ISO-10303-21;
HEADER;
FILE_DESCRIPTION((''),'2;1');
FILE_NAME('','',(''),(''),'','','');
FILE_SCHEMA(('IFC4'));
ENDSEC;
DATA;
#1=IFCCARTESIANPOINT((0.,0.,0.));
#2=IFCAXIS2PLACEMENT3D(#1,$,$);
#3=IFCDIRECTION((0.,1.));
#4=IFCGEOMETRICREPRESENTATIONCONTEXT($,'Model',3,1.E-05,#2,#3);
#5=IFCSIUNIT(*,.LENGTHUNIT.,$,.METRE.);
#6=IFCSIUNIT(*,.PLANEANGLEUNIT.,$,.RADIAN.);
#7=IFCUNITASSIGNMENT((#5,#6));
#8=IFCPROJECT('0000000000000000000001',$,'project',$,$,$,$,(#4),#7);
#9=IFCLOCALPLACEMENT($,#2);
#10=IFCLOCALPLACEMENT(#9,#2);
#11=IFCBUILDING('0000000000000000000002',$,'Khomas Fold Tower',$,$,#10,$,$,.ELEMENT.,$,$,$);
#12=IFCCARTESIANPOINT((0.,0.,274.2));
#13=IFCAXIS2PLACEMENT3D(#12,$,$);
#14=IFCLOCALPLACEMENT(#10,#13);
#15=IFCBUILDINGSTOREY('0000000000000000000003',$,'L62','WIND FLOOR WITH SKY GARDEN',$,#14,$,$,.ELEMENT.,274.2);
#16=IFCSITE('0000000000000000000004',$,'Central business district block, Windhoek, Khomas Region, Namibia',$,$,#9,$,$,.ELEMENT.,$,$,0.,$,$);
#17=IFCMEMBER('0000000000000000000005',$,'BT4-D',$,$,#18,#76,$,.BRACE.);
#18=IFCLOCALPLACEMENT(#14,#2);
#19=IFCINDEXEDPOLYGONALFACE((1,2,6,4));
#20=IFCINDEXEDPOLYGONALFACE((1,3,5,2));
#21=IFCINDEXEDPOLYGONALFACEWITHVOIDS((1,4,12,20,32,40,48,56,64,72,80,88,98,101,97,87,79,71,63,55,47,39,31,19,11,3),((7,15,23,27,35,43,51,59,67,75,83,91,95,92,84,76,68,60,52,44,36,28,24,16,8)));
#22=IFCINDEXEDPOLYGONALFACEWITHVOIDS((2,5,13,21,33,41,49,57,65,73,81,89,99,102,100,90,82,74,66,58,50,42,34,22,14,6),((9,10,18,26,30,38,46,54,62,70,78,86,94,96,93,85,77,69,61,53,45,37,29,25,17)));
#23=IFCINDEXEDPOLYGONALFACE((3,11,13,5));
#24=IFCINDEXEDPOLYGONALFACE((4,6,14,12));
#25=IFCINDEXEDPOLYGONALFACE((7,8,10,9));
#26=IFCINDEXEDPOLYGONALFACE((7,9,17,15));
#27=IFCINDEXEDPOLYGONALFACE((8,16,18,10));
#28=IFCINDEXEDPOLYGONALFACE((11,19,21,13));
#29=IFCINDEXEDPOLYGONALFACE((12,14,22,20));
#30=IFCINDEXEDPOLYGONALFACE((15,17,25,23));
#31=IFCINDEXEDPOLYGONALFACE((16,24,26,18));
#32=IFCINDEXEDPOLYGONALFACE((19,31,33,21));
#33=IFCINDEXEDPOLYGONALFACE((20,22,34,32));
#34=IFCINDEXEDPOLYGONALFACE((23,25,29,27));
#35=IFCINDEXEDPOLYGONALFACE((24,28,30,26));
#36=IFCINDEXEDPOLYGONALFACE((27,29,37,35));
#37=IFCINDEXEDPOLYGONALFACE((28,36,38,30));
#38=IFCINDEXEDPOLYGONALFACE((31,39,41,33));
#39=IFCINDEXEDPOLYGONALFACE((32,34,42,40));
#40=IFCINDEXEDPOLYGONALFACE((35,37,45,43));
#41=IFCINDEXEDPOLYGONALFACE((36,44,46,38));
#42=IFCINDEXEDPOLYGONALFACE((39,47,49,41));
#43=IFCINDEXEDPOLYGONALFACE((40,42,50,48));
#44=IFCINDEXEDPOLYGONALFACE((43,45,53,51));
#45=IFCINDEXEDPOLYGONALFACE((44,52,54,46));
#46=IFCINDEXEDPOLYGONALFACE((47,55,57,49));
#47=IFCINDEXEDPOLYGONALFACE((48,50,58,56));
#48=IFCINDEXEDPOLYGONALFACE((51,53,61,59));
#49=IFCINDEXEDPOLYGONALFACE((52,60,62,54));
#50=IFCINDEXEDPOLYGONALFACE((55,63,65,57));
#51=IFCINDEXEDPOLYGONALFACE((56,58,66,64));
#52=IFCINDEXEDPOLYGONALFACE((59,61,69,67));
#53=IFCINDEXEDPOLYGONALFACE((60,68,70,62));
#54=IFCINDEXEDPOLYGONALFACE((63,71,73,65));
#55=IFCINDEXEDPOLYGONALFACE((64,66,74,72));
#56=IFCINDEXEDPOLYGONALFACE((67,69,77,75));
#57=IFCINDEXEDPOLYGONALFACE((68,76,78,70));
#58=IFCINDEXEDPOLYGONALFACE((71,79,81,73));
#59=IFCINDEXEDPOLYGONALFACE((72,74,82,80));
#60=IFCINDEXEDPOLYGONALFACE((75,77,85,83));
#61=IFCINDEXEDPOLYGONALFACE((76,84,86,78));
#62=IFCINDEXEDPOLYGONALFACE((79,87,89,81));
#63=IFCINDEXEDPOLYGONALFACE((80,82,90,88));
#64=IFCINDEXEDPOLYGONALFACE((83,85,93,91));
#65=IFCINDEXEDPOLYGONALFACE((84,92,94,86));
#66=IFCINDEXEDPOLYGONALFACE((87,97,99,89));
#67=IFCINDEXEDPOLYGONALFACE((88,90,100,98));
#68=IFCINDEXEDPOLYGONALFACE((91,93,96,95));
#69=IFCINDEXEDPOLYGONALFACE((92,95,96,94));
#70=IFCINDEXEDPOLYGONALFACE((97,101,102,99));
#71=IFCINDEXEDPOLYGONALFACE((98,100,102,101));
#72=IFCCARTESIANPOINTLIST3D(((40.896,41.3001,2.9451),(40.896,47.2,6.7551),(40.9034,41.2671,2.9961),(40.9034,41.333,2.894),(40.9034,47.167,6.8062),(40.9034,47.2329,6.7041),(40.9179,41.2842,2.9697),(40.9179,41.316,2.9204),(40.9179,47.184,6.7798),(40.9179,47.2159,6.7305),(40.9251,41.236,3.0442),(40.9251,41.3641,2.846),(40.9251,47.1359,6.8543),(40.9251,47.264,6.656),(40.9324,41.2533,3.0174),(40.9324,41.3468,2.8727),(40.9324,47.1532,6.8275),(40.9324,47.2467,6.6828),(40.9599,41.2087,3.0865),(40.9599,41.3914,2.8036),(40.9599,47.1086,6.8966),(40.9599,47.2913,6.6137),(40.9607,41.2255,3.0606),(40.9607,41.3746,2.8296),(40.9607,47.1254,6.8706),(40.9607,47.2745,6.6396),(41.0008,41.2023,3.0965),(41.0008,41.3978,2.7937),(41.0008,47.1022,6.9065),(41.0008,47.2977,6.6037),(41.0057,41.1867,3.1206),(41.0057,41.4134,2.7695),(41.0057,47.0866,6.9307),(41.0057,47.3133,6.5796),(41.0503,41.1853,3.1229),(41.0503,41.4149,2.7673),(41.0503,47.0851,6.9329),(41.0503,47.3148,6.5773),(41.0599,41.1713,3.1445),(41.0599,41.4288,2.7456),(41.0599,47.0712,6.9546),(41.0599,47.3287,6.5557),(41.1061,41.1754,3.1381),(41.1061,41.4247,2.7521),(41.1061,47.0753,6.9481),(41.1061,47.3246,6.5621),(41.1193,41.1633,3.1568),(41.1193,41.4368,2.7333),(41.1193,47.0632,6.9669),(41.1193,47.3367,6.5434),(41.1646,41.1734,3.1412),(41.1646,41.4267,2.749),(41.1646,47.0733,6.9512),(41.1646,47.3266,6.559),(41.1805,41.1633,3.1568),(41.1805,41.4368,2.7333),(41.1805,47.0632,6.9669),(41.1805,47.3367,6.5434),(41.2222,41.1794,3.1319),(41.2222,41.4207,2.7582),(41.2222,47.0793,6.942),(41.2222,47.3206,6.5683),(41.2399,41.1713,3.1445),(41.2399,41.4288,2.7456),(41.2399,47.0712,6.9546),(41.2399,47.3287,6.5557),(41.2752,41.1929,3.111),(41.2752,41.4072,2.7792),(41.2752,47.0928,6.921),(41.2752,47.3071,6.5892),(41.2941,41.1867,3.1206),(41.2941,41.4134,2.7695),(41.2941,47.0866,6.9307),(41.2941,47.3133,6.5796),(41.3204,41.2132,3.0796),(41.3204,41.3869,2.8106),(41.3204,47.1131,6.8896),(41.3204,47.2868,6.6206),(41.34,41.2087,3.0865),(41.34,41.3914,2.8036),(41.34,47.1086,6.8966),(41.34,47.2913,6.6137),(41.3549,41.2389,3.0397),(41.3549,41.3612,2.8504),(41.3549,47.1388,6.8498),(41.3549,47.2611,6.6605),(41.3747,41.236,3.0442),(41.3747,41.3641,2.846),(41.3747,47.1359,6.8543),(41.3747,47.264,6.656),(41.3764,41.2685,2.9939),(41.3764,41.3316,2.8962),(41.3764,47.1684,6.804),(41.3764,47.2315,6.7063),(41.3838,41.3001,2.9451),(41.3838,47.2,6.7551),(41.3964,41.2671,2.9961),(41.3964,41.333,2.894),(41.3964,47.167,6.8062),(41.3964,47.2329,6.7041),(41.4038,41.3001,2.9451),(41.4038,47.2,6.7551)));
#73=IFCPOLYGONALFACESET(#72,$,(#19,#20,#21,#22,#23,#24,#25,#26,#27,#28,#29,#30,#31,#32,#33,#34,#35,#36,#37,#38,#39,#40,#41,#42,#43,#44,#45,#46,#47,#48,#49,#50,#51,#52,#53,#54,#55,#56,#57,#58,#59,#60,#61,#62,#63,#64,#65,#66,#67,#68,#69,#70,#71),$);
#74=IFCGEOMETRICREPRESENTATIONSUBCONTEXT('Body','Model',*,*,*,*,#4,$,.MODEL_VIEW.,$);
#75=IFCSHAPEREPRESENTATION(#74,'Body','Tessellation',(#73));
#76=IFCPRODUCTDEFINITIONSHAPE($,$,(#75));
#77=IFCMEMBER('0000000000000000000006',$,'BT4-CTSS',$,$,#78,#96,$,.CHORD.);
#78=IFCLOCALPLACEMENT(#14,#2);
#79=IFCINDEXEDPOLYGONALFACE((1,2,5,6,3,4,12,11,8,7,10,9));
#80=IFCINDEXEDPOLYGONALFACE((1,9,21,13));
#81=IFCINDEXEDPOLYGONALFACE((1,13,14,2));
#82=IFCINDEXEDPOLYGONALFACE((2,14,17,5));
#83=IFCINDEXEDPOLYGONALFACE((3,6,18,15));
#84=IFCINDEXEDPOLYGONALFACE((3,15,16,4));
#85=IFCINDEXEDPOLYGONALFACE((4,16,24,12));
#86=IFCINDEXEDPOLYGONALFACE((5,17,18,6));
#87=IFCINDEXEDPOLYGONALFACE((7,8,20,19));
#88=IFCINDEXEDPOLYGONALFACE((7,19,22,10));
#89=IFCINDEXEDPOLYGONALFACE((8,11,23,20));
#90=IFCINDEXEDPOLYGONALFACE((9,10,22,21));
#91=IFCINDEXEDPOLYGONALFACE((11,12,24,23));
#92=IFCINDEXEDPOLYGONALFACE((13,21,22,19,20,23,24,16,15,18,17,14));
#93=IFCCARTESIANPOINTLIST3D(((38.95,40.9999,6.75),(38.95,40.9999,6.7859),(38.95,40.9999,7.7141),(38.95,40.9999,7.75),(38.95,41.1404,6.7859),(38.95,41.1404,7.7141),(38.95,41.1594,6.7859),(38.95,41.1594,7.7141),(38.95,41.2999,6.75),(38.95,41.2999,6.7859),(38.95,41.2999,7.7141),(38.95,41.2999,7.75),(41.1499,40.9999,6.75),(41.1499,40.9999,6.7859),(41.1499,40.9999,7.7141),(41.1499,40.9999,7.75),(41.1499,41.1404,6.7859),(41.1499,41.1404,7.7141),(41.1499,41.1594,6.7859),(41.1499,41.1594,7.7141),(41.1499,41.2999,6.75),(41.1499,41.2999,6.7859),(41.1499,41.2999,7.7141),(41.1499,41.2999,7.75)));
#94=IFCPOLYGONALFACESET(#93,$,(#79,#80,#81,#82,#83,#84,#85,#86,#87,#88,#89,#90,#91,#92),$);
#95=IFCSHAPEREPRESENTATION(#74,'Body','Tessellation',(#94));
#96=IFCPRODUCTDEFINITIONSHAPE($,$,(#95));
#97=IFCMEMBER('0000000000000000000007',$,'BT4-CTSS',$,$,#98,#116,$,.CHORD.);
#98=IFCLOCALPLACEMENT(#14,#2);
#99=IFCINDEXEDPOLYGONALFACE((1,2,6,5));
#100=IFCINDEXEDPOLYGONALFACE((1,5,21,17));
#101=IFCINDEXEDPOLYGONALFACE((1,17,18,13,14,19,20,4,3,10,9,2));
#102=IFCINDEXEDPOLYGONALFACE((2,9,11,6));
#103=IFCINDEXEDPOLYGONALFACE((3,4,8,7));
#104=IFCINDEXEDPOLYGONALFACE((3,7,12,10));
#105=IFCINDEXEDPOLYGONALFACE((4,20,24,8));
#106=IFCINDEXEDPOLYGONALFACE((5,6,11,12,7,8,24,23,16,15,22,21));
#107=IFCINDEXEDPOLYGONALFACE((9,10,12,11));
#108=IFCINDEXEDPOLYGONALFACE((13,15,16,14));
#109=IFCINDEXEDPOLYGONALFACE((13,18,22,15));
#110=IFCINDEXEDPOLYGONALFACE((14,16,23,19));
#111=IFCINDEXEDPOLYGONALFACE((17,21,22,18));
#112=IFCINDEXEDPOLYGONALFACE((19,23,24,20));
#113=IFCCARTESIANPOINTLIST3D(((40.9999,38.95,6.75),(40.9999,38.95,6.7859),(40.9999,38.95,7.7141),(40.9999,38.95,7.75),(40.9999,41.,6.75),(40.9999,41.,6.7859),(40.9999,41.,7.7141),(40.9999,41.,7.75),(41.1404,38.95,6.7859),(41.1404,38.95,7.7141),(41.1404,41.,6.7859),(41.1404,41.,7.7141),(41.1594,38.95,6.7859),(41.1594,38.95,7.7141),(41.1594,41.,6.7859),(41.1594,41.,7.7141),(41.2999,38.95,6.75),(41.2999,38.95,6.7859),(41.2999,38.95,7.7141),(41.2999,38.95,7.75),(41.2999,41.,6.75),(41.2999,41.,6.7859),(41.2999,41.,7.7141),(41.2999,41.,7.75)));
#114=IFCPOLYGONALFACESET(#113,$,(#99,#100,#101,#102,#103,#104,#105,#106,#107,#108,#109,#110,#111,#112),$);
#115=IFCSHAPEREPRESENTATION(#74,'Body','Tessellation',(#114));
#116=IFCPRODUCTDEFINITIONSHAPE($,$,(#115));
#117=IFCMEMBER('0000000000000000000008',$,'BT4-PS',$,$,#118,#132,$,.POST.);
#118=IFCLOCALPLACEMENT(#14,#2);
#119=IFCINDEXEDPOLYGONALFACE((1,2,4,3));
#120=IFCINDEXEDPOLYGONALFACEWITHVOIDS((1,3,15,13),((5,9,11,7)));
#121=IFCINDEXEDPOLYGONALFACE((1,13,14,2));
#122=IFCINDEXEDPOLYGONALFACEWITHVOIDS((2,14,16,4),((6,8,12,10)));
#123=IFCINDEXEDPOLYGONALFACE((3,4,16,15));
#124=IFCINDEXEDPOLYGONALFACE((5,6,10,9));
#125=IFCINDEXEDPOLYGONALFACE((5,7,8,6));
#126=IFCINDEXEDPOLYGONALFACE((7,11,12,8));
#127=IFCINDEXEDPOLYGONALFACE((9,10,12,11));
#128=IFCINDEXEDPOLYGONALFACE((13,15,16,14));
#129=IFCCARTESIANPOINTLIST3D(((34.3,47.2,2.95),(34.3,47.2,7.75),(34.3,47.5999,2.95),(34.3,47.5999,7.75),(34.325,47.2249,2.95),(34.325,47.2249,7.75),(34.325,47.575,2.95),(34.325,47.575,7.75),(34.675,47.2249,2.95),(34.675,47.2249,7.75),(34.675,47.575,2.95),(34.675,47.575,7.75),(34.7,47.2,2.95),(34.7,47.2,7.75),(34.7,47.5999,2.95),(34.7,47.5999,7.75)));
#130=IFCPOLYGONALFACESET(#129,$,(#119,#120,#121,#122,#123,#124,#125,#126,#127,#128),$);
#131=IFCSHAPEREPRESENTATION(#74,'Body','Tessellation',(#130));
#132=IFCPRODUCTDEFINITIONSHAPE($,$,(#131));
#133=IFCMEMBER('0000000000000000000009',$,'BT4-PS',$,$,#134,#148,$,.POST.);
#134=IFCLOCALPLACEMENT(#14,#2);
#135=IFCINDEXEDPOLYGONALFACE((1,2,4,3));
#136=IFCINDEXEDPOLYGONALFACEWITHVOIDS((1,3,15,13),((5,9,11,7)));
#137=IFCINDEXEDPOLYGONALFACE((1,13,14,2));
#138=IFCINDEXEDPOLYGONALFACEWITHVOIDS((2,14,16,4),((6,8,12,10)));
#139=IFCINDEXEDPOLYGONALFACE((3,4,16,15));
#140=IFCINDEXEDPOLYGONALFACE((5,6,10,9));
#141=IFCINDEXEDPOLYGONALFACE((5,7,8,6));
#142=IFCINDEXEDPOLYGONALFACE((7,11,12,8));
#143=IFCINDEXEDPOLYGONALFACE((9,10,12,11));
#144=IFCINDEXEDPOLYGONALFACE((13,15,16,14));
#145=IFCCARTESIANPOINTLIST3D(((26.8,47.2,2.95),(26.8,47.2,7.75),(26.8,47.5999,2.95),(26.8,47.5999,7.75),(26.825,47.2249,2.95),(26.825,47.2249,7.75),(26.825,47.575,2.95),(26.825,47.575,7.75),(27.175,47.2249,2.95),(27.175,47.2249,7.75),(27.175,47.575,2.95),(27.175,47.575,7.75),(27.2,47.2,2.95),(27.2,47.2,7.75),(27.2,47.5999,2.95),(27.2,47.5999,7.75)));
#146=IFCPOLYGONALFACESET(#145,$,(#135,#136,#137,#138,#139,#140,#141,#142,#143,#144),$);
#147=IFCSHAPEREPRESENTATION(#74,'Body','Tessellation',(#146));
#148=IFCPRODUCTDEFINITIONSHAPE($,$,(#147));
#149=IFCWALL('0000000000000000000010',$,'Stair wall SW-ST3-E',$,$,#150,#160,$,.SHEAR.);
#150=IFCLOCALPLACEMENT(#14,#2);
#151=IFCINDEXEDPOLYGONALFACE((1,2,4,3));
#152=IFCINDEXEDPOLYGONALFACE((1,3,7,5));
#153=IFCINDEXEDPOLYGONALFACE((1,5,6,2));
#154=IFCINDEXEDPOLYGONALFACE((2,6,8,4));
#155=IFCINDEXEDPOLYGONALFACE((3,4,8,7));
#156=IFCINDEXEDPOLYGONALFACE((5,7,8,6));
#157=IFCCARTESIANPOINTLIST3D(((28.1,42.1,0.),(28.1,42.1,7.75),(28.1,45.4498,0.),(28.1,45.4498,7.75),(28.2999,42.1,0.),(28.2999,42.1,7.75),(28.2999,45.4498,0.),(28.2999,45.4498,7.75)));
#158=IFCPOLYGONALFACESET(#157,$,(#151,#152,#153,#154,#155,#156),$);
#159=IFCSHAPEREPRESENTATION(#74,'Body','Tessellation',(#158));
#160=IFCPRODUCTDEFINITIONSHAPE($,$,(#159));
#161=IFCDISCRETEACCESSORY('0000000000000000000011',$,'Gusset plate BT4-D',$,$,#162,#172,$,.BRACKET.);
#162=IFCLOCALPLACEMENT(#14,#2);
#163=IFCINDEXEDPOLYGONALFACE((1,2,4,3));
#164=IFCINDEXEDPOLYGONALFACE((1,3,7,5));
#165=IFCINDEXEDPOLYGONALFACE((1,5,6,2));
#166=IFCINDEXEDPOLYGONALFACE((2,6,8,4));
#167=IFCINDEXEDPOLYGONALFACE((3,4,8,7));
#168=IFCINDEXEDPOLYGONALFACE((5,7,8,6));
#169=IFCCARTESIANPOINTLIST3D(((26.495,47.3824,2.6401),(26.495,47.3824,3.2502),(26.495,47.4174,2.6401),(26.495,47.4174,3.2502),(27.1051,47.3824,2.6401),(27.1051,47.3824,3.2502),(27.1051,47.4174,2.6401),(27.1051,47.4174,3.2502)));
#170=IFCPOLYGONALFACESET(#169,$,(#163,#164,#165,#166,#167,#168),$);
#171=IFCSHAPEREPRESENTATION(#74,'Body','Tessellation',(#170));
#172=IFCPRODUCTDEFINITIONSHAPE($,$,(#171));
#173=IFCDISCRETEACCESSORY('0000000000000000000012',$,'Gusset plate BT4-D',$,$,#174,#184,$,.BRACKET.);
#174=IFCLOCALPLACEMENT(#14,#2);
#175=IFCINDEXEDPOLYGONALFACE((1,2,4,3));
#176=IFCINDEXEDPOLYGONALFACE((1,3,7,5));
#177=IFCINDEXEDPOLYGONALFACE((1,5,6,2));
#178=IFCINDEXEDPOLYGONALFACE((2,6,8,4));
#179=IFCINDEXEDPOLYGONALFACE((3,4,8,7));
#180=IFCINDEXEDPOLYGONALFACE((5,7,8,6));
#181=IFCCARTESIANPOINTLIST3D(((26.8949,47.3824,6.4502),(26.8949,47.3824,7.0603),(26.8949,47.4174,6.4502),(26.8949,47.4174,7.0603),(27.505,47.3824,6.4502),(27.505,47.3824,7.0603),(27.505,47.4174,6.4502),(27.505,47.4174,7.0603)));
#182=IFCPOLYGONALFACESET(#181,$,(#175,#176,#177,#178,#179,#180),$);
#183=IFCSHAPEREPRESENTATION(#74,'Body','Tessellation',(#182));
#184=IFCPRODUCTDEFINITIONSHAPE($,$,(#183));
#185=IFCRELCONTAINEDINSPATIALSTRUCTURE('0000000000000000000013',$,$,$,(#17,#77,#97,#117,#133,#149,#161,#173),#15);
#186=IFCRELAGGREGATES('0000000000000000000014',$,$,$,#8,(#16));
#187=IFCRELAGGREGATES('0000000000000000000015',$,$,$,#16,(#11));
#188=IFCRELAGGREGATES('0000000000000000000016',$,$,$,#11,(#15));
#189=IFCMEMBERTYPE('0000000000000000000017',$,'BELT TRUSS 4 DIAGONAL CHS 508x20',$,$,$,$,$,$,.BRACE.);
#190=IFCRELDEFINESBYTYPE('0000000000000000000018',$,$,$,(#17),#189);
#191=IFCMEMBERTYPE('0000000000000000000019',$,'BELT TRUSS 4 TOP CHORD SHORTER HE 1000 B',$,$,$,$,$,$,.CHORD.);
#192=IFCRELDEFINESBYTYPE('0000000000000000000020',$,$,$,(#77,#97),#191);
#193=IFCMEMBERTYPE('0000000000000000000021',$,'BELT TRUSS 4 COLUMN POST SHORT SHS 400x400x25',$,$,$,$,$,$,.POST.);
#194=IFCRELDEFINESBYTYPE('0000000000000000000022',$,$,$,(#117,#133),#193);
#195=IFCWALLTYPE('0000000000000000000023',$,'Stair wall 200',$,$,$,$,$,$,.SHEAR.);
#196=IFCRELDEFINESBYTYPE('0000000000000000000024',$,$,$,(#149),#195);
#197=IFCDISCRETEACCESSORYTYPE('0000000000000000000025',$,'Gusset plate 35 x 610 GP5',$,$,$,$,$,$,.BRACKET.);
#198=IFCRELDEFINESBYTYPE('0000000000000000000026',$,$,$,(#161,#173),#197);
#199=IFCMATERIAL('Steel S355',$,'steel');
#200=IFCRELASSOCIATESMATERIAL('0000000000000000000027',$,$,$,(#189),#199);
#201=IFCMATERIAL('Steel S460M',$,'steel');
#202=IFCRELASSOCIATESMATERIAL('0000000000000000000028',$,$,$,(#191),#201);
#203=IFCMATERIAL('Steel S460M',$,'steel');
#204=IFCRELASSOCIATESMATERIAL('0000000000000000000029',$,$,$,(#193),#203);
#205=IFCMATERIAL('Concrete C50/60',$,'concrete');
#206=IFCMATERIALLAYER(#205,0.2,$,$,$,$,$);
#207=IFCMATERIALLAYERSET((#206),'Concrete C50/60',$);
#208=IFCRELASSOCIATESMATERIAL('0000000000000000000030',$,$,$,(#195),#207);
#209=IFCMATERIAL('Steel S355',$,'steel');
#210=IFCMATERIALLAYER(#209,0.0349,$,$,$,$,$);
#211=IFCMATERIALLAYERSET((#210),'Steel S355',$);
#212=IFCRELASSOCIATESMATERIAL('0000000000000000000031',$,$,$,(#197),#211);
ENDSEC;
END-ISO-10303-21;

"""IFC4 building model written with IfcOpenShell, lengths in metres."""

from ifc_helpers import new_model, si_unit, direction, frame, frame_2d, origin, origin_2d, place, context, subcontext, project, spatial, rectangle, hollow_rectangle, hollow_circle, i_section, extrude, source, transform, mapped, material, layer, layer_set, material_profile, profile_set, type_object, element, save


model = new_model("IFC4")

# Units and contexts
model_context = context("Model", 3, precision=1e-05, world=origin(), true_north=direction((0.0, 1.0)))
body_context = subcontext(model_context, "Body", "Model", "MODEL_VIEW")
ifc_project = project(units=[si_unit("LENGTHUNIT", "METRE"), si_unit("PLANEANGLEUNIT", "RADIAN")], contexts=[model_context])

# Site, building, storey
site_placement = place(None, origin())
site = spatial("IfcSite", under=ifc_project, at=site_placement, Name="Central business district block, Windhoek, Khomas Region, Namibia", CompositionType="ELEMENT", RefElevation=0.0)
building_placement = place(site_placement, origin())
building = spatial("IfcBuilding", under=site, at=building_placement, Name="Khomas Fold Tower", CompositionType="ELEMENT")
storey_placement = place(building_placement, frame((0.0, 0.0, 274.2)))
storey = spatial("IfcBuildingStorey", under=building, at=storey_placement, Name="L62", Description="WIND FLOOR WITH SKY GARDEN", CompositionType="ELEMENT", Elevation=274.2)

# Members
ifc_material_1 = material(Name="Steel S355", Category="steel")
ifc_material_profile_1 = material_profile(ifc_material_1, hollow_circle(Radius=0.2539, WallThickness=0.02, at=origin_2d()), Name="CHS 508x20")
ifc_profile_set_1 = profile_set([ifc_material_profile_1], Name="Steel S355")
member_type_1 = type_object("IfcMemberType", Name="BELT TRUSS 4 DIAGONAL CHS 508x20", PredefinedType="BRACE", material=ifc_profile_set_1)
shared_shape_1 = source(origin(), body_context, "Body", "SweptSolid", [
    extrude(hollow_circle(Radius=0.2539, WallThickness=0.02, at=origin_2d()), origin(), (0.0, 0.0, 1.0), 7.0232),
])
member_1_placement = place(storey_placement, frame((41.1499, 47.2, 6.7551), z_axis=(0.0, -0.840059, -0.542496), x_axis=(1.0, 0.0, 0.0)))
element("IfcMember", 1, at=member_1_placement, inside=storey, type_object=member_type_1, Name="BT4-D", PredefinedType="BRACE", context=body_context, shape_type="MappedRepresentation", body=[
    mapped(shared_shape_1, transform((0.0, 0.0, 0.0))),
])
ifc_material_2 = material(Name="Steel S460M", Category="steel")
ifc_material_profile_2 = material_profile(ifc_material_2, i_section(OverallWidth=0.3, OverallDepth=1.0, WebThickness=0.019, FlangeThickness=0.0359, at=origin_2d()), Name="HE 1000 B")
ifc_profile_set_2 = profile_set([ifc_material_profile_2], Name="Steel S460M")
member_type_2 = type_object("IfcMemberType", Name="BELT TRUSS 4 TOP CHORD SHORTER HE 1000 B", PredefinedType="CHORD", material=ifc_profile_set_2)
shared_shape_2 = source(origin(), body_context, "Body", "SweptSolid", [
    extrude(i_section(OverallWidth=0.3, OverallDepth=1.0, WebThickness=0.019, FlangeThickness=0.0359, at=origin_2d()), origin(), (0.0, 0.0, 1.0), 2.2),
])
member_2_placement = place(storey_placement, frame((41.1499, 41.1499, 7.25), z_axis=(-1.0, 0.0, 0.0), x_axis=(0.0, -1.0, 0.0)))
element("IfcMember", 2, at=member_2_placement, inside=storey, type_object=member_type_2, Name="BT4-CTSS", PredefinedType="CHORD", context=body_context, shape_type="MappedRepresentation", body=[
    mapped(shared_shape_2, transform((0.0, 0.0, 0.0))),
])
shared_shape_3 = source(origin(), body_context, "Body", "SweptSolid", [
    extrude(i_section(OverallWidth=0.3, OverallDepth=1.0, WebThickness=0.019, FlangeThickness=0.0359, at=origin_2d()), origin(), (0.0, 0.0, 1.0), 2.05),
])
member_3_placement = place(storey_placement, frame((41.1499, 41.0, 7.25), z_axis=(0.0, -1.0, 0.0), x_axis=(1.0, 0.0, 0.0)))
element("IfcMember", 3, at=member_3_placement, inside=storey, type_object=member_type_2, Name="BT4-CTSS", PredefinedType="CHORD", context=body_context, shape_type="MappedRepresentation", body=[
    mapped(shared_shape_3, transform((0.0, 0.0, 0.0))),
])
ifc_material_3 = material(Name="Steel S460M", Category="steel")
ifc_material_profile_3 = material_profile(ifc_material_3, hollow_rectangle(XDim=0.3999, YDim=0.3999, WallThickness=0.0249, at=origin_2d()), Name="SHS 400x400x25")
ifc_profile_set_3 = profile_set([ifc_material_profile_3], Name="Steel S460M")
member_type_3 = type_object("IfcMemberType", Name="BELT TRUSS 4 COLUMN POST SHORT SHS 400x400x25", PredefinedType="POST", material=ifc_profile_set_3)
shared_shape_4 = source(origin(), body_context, "Body", "SweptSolid", [
    extrude(hollow_rectangle(XDim=0.3999, YDim=0.3999, WallThickness=0.0249, at=origin_2d()), origin(), (0.0, 0.0, 1.0), 4.8),
])
for number, where, z_axis, x_axis, name in (
    (4, (34.5, 47.3999, 2.95), (0.0, 0.0, 1.0), (1.0, 0.0, 0.0), "BT4-PS"),
    (5, (27.0, 47.3999, 2.95), (0.0, 0.0, 1.0), (1.0, 0.0, 0.0), "BT4-PS"),
):
    element("IfcMember", number, at=place(storey_placement, frame(where, z_axis=z_axis, x_axis=x_axis)), inside=storey, type_object=member_type_3, Name=name, PredefinedType="POST", context=body_context, shape_type="MappedRepresentation", body=[
        mapped(shared_shape_4, transform((0.0, 0.0, 0.0))),
    ])

# Wall
ifc_material_4 = material(Name="Concrete C50/60", Category="concrete")
ifc_layer_1 = layer(ifc_material_4, 0.2)
ifc_layer_set_1 = layer_set([ifc_layer_1], Name="Concrete C50/60")
wall_type = type_object("IfcWallType", Name="Stair wall 200", PredefinedType="SHEAR", material=ifc_layer_set_1)
shared_shape_5 = source(origin(), body_context, "Body", "SweptSolid", [
    extrude(rectangle(XDim=3.3499, YDim=0.2, at=frame_2d((1.6748, 0.0))), origin(), (0.0, 0.0, 1.0), 7.75),
])
wall_placement = place(storey_placement, frame((28.2, 42.1001, 0.0), z_axis=(0.0, 0.0, 1.0), x_axis=(0.0, 1.0, 0.0)))
element("IfcWall", 6, at=wall_placement, inside=storey, type_object=wall_type, Name="Stair wall SW-ST3-E", PredefinedType="SHEAR", context=body_context, shape_type="MappedRepresentation", body=[
    mapped(shared_shape_5, transform((0.0, 0.0, 0.0))),
])

# Discrete accessories
ifc_material_5 = material(Name="Steel S355", Category="steel")
ifc_layer_2 = layer(ifc_material_5, 0.0349)
ifc_layer_set_2 = layer_set([ifc_layer_2], Name="Steel S355")
discrete_accessory_type = type_object("IfcDiscreteAccessoryType", Name="Gusset plate 35 x 610 GP5", PredefinedType="BRACKET", material=ifc_layer_set_2)
shared_shape_6 = source(origin(), body_context, "Body", "SweptSolid", [
    extrude(rectangle(XDim=0.6101, YDim=0.0349, at=origin_2d()), origin(), (0.0, 0.0, 1.0), 0.6101),
])
for number, where, z_axis, x_axis, name in (
    (7, (26.8, 47.3999, 2.6401), (0.0, 0.0, 1.0), (1.0, 0.0, 0.0), "Gusset plate BT4-D"),
    (8, (27.2, 47.3999, 6.4502), (0.0, 0.0, 1.0), (1.0, 0.0, 0.0), "Gusset plate BT4-D"),
):
    element("IfcDiscreteAccessory", number, at=place(storey_placement, frame(where, z_axis=z_axis, x_axis=x_axis)), inside=storey, type_object=discrete_accessory_type, Name=name, PredefinedType="BRACKET", context=body_context, shape_type="MappedRepresentation", body=[
        mapped(shared_shape_6, transform((0.0, 0.0, 0.0))),
    ])

save(model, "model.ifc")
